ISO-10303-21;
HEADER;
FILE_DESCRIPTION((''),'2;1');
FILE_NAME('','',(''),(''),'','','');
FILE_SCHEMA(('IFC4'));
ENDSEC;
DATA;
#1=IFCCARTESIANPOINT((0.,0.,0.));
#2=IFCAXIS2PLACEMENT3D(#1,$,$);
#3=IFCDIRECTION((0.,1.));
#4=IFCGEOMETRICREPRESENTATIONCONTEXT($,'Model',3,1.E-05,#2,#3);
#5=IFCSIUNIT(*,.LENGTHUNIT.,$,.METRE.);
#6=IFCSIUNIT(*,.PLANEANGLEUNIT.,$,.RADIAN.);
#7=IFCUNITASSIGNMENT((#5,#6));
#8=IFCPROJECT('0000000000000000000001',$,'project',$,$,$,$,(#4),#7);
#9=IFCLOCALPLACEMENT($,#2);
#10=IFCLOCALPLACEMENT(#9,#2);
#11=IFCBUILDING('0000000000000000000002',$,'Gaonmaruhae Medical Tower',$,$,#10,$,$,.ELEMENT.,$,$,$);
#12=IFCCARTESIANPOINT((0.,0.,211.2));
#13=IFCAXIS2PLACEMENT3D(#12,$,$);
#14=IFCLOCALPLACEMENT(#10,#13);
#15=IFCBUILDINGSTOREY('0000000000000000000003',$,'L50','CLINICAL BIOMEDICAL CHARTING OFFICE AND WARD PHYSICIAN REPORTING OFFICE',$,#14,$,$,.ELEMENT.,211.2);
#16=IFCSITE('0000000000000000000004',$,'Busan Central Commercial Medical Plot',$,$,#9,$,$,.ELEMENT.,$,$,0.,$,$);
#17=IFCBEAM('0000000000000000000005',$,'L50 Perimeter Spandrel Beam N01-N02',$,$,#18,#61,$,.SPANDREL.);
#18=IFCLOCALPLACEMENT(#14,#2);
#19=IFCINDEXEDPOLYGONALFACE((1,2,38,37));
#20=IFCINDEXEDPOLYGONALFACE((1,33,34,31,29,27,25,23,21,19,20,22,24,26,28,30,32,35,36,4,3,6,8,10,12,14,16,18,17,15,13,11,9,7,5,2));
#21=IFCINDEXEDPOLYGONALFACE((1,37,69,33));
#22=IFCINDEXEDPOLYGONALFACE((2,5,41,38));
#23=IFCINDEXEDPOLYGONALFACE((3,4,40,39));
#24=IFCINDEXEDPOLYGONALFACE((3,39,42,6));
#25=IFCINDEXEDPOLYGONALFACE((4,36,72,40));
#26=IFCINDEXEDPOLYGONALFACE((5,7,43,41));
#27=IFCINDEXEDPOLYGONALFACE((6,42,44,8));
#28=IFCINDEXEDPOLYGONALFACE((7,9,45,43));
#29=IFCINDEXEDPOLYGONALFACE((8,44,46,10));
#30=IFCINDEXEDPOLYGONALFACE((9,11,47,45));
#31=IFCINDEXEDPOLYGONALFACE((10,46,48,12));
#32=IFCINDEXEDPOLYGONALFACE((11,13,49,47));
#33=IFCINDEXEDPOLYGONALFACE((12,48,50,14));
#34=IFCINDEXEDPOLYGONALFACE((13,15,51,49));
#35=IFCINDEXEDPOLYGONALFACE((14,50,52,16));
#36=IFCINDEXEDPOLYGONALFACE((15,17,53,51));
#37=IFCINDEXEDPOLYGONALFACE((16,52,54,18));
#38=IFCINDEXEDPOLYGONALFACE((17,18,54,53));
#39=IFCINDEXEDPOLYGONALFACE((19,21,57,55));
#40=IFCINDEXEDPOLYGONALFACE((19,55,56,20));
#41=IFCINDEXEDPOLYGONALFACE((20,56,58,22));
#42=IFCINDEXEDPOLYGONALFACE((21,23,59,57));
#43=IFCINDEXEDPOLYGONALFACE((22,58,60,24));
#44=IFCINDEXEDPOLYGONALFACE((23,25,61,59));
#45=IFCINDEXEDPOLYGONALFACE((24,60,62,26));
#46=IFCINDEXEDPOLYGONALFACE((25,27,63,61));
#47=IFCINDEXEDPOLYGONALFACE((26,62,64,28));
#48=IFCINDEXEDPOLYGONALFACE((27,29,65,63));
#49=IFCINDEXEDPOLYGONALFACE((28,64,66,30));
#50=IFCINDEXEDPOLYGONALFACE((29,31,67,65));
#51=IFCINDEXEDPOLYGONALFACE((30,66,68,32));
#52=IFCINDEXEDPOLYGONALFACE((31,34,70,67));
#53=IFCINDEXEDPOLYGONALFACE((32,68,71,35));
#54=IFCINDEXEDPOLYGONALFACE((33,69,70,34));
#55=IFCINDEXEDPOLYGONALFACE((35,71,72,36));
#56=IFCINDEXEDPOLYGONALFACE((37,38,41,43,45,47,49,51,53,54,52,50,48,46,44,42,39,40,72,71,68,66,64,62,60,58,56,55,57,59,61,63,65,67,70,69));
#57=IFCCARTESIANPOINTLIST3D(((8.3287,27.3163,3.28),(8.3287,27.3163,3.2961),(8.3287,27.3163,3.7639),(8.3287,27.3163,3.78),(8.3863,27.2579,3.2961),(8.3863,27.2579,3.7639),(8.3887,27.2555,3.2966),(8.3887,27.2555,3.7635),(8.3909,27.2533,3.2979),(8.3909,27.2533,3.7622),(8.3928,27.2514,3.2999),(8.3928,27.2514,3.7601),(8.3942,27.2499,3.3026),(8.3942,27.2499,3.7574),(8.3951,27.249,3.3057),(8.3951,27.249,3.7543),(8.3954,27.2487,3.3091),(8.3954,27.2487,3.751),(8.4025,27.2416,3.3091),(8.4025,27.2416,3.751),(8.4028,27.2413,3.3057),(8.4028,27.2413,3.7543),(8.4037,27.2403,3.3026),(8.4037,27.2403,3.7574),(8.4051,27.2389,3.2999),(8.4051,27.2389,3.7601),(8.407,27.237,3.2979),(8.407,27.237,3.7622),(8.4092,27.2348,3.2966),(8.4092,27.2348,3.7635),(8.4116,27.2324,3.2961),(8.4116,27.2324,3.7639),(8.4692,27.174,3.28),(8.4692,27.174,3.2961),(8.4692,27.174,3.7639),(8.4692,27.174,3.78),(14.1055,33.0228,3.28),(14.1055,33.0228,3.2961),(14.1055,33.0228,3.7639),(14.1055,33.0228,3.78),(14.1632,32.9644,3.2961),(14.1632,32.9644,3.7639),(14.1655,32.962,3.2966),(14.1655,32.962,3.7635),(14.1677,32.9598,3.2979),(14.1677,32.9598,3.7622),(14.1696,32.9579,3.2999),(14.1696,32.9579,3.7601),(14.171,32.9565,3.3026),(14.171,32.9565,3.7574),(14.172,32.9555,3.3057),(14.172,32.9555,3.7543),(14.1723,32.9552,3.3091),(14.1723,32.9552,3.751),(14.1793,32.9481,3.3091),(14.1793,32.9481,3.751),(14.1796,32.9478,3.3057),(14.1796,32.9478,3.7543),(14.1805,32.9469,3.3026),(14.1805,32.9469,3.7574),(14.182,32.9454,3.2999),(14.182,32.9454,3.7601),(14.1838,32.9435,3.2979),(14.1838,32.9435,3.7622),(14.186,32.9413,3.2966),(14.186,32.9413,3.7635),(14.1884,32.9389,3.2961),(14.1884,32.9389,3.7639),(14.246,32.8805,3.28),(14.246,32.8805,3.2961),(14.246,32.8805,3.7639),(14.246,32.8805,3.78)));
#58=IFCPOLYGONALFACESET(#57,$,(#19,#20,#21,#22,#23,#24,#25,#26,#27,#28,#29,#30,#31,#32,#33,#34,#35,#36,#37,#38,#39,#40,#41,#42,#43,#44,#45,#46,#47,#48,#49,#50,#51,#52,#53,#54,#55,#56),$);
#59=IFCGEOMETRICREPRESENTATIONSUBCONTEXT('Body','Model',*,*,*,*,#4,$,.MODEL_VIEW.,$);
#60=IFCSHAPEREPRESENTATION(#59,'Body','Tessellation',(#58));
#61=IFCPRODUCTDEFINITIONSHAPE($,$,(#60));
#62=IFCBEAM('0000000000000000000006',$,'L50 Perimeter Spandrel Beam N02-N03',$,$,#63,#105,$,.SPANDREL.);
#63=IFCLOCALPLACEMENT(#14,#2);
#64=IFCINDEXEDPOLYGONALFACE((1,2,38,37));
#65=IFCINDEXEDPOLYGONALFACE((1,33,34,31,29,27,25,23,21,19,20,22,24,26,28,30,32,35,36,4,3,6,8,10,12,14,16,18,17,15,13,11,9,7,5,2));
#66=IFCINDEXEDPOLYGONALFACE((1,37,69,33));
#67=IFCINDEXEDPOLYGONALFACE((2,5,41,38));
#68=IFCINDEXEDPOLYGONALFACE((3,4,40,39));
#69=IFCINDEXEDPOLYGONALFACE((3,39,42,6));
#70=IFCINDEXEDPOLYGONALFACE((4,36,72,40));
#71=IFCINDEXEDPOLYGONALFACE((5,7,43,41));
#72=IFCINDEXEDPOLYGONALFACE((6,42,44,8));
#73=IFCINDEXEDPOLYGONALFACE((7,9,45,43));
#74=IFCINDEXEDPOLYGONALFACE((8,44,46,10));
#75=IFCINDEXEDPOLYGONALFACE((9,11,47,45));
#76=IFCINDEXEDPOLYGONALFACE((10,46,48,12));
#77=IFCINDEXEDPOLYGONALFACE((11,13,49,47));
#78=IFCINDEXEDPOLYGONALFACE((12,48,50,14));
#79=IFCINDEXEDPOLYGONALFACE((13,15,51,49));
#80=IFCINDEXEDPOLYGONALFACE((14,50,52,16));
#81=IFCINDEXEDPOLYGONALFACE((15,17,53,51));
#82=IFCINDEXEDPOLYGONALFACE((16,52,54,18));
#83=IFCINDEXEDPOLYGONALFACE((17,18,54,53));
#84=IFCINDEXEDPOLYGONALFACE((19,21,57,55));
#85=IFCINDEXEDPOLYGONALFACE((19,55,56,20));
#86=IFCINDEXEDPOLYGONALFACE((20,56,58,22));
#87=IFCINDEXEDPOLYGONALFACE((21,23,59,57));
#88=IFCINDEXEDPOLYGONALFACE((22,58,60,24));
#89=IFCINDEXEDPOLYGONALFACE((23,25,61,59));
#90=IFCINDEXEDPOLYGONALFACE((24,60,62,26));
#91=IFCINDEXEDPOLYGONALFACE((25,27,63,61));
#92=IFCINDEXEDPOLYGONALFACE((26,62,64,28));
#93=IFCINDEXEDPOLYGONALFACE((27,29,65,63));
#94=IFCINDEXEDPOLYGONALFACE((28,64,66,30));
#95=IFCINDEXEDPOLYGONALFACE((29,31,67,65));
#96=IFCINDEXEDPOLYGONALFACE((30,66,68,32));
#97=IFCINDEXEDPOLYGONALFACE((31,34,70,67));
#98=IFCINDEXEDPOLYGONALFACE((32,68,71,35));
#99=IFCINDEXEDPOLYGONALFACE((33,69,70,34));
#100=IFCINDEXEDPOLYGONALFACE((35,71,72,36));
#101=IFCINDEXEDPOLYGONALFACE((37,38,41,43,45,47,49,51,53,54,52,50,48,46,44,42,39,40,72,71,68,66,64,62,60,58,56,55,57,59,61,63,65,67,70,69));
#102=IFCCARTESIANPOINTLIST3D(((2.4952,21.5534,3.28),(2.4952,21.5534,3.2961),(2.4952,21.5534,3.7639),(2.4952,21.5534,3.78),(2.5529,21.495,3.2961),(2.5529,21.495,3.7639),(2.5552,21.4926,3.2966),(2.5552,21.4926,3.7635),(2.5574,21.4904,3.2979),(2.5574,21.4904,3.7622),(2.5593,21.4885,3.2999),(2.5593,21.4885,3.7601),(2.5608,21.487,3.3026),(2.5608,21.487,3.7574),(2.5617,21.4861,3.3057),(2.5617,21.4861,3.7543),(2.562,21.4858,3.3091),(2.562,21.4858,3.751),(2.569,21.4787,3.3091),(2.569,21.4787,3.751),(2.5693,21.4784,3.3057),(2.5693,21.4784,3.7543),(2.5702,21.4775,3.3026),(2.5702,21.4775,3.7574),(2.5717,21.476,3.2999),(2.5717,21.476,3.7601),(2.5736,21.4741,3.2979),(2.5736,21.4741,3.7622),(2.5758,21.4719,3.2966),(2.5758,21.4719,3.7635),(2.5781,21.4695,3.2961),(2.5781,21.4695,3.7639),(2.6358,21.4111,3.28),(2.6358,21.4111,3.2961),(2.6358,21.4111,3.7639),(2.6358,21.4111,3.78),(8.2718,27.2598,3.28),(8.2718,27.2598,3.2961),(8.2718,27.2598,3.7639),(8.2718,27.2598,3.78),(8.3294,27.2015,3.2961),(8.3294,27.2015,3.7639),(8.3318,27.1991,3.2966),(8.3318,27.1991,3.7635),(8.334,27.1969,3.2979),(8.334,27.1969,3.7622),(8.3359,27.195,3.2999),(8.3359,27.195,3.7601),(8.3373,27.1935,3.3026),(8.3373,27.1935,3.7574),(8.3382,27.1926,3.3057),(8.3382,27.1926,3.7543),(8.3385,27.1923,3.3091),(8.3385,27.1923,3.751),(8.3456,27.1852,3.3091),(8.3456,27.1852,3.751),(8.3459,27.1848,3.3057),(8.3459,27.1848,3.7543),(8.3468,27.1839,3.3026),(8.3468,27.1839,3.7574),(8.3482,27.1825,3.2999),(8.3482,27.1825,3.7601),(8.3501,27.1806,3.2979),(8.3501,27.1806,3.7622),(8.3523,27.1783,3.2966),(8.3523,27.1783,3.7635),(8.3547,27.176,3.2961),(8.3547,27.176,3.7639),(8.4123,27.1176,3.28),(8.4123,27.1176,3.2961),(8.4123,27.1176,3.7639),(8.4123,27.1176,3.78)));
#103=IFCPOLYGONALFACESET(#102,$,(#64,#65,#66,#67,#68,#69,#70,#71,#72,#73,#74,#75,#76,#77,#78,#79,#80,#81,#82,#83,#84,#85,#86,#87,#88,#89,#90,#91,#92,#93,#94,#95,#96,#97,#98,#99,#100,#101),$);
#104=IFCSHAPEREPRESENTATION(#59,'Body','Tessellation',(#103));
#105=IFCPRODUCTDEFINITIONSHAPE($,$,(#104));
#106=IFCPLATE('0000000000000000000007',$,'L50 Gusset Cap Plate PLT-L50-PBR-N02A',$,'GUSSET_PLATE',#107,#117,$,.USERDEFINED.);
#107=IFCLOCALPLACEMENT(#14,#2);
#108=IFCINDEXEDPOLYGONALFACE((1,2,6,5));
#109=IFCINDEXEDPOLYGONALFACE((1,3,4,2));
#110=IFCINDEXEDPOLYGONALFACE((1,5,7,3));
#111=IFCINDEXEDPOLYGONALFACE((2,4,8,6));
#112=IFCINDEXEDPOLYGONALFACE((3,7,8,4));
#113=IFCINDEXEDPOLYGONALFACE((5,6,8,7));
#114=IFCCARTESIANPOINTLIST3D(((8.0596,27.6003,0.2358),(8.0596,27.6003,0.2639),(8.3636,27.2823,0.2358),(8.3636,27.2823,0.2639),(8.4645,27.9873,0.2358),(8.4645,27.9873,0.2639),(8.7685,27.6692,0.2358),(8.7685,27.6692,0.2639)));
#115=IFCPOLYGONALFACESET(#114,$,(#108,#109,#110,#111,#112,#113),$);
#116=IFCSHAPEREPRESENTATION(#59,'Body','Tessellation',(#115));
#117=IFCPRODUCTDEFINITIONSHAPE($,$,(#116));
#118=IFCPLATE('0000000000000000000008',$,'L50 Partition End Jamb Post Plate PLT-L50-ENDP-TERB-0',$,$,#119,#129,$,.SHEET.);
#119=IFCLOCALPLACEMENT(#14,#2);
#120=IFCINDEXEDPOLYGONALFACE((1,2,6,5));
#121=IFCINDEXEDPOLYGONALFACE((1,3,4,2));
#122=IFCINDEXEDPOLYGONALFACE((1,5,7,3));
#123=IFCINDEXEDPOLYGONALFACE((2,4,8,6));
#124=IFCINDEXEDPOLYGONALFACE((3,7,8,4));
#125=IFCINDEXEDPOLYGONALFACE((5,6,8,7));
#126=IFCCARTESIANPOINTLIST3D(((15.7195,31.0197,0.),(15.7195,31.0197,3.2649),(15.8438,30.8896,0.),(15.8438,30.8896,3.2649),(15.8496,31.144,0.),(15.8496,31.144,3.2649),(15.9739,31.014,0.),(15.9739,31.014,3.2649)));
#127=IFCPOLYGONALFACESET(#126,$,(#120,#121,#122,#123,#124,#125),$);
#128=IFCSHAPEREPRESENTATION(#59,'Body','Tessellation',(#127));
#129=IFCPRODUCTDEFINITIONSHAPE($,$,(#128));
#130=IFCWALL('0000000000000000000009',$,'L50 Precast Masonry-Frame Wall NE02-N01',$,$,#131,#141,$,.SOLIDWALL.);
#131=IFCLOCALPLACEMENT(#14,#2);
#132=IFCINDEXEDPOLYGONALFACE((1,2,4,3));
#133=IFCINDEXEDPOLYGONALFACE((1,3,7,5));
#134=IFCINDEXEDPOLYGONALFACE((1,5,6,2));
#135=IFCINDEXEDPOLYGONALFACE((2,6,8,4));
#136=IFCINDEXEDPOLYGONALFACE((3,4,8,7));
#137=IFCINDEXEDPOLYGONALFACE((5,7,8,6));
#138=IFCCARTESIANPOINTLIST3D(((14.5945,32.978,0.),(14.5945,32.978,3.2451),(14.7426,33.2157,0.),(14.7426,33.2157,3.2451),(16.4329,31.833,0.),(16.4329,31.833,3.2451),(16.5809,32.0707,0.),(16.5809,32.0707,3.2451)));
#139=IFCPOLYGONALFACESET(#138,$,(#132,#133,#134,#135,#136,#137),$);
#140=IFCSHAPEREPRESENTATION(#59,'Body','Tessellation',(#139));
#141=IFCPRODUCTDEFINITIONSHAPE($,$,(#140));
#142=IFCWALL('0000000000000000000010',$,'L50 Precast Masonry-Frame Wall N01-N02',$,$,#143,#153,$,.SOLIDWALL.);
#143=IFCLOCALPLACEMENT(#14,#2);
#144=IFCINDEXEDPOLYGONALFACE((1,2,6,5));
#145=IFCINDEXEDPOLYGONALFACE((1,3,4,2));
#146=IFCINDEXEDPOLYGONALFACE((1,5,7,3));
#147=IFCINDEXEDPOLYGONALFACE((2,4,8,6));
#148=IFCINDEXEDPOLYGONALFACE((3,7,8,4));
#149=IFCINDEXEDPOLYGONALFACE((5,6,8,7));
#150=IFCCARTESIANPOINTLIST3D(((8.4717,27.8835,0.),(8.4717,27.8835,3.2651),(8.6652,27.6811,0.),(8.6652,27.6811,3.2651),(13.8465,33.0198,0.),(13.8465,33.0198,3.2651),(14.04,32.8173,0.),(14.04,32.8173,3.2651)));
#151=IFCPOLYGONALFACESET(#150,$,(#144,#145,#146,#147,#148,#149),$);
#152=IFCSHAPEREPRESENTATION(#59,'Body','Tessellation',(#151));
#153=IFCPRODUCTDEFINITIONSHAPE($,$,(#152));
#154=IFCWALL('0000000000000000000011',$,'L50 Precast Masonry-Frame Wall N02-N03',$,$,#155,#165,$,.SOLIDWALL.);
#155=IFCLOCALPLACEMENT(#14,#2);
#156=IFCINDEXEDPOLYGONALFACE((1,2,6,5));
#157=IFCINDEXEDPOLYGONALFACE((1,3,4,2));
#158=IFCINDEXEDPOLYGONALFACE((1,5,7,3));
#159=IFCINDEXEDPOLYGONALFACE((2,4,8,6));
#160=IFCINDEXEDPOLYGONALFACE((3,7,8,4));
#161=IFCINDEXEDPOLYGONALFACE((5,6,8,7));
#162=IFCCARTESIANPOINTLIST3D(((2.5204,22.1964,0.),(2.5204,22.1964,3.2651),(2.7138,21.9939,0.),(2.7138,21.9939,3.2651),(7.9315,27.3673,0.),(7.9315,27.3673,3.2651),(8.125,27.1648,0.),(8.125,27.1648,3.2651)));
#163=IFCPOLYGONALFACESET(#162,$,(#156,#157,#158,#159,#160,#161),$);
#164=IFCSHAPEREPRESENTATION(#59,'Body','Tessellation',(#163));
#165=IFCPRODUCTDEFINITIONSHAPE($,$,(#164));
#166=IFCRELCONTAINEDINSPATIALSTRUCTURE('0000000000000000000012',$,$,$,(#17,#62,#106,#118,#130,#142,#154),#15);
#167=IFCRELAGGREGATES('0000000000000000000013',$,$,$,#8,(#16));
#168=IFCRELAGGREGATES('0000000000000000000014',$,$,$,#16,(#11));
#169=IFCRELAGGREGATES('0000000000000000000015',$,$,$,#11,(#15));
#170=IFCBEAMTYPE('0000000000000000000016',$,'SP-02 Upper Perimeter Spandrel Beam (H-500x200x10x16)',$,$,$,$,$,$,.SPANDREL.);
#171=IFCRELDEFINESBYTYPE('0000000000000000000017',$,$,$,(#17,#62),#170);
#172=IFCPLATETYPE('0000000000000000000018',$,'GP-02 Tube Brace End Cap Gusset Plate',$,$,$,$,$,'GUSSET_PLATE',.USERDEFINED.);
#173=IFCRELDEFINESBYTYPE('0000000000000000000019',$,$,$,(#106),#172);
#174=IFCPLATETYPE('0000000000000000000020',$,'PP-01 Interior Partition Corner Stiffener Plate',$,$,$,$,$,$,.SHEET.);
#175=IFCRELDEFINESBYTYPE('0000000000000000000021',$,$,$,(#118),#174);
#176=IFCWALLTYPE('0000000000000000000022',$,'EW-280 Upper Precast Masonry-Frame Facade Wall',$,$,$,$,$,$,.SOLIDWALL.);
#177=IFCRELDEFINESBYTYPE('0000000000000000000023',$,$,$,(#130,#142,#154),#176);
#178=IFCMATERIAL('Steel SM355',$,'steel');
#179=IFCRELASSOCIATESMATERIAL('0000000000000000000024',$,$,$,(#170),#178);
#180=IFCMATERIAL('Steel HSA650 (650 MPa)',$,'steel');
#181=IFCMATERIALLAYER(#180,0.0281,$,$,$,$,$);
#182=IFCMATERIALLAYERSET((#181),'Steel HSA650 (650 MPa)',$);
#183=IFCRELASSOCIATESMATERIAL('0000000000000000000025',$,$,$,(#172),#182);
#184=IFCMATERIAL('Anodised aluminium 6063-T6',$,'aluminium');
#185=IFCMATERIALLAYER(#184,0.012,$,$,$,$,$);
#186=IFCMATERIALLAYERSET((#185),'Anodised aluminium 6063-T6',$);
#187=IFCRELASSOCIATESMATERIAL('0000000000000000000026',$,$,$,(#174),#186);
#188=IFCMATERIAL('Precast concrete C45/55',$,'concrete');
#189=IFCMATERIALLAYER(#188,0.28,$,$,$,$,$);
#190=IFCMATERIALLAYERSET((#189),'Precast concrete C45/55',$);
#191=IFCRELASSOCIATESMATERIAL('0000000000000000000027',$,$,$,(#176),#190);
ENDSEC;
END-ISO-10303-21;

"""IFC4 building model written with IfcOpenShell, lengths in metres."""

from ifc_helpers import new_model, si_unit, direction, frame, frame_2d, origin, origin_2d, place, context, subcontext, project, spatial, rectangle, i_section, extrude, material, layer, layer_set, material_profile, profile_set, type_object, element, save


model = new_model("IFC4")

# Units and contexts
model_context = context("Model", 3, precision=1e-05, world=origin(), true_north=direction((0.0, 1.0)))
body_context = subcontext(model_context, "Body", "Model", "MODEL_VIEW")
ifc_project = project(units=[si_unit("LENGTHUNIT", "METRE"), si_unit("PLANEANGLEUNIT", "RADIAN")], contexts=[model_context])

# Site, building, storey
site_placement = place(None, origin())
site = spatial("IfcSite", under=ifc_project, at=site_placement, Name="Busan Central Commercial Medical Plot", CompositionType="ELEMENT", RefElevation=0.0)
building_placement = place(site_placement, origin())
building = spatial("IfcBuilding", under=site, at=building_placement, Name="Gaonmaruhae Medical Tower", CompositionType="ELEMENT")
storey_placement = place(building_placement, frame((0.0, 0.0, 211.2)))
storey = spatial("IfcBuildingStorey", under=building, at=storey_placement, Name="L50", Description="CLINICAL BIOMEDICAL CHARTING OFFICE AND WARD PHYSICIAN REPORTING OFFICE", CompositionType="ELEMENT", Elevation=211.2)

# Shared definitions
ifc_material_1 = material(Name="Steel SM355", Category="steel")

# Beams
ifc_material_profile_1 = material_profile(ifc_material_1, i_section(OverallWidth=0.2, OverallDepth=0.5, WebThickness=0.01, FlangeThickness=0.0161, FilletRadius=0.0129, at=origin_2d()), Name="H-500x200x10x16")
ifc_profile_set_1 = profile_set([ifc_material_profile_1], Name="Steel SM355")
beam_type_1 = type_object("IfcBeamType", Name="SP-02 Upper Perimeter Spandrel Beam (H-500x200x10x16)", PredefinedType="SPANDREL", material=ifc_profile_set_1)
beam_1_placement = place(storey_placement, frame((14.1758, 32.9517, 3.53), z_axis=(-0.711423, -0.702764, 0.0), x_axis=(0.702764, -0.711423, 0.0)))
element("IfcBeam", 1, at=beam_1_placement, inside=storey, type_object=beam_type_1, Name="L50 Perimeter Spandrel Beam N01-N02", PredefinedType="SPANDREL", context=body_context, shape_type="SweptSolid", body=[
    extrude(i_section(OverallWidth=0.2, OverallDepth=0.5, WebThickness=0.01, FlangeThickness=0.0161, FilletRadius=0.0129, at=origin_2d()), origin(), (0.0, 0.0, 1.0), 8.1201),
])
beam_2_placement = place(storey_placement, frame((8.342, 27.1887, 3.53), z_axis=(-0.711408, -0.702779, 0.0), x_axis=(0.702779, -0.711408, 0.0)))
element("IfcBeam", 2, at=beam_2_placement, inside=storey, type_object=beam_type_1, Name="L50 Perimeter Spandrel Beam N02-N03", PredefinedType="SPANDREL", context=body_context, shape_type="SweptSolid", body=[
    extrude(i_section(OverallWidth=0.2, OverallDepth=0.5, WebThickness=0.01, FlangeThickness=0.0161, FilletRadius=0.0129, at=origin_2d()), origin(), (0.0, 0.0, 1.0), 8.1199),
])

# Plates
ifc_material_2 = material(Name="Steel HSA650 (650 MPa)", Category="steel")
ifc_layer_1 = layer(ifc_material_2, 0.0281)
ifc_layer_set_1 = layer_set([ifc_layer_1], Name="Steel HSA650 (650 MPa)")
plate_type_1 = type_object("IfcPlateType", Name="GP-02 Tube Brace End Cap Gusset Plate", ElementType="GUSSET_PLATE", PredefinedType="USERDEFINED", material=ifc_layer_set_1)
plate_1_placement = place(storey_placement, frame((8.4141, 27.6348, 0.2358), z_axis=(0.0, 0.0, 1.0), x_axis=(0.722967, 0.690882, 0.0)))
element("IfcPlate", 3, at=plate_1_placement, inside=storey, type_object=plate_type_1, Name="L50 Gusset Cap Plate PLT-L50-PBR-N02A", ObjectType="GUSSET_PLATE", PredefinedType="USERDEFINED", context=body_context, shape_type="SweptSolid", body=[
    extrude(rectangle(XDim=0.5601, YDim=0.4399, at=origin_2d()), origin(), (0.0, 0.0, 1.0), 0.0281),
])
ifc_material_3 = material(Name="Anodised aluminium 6063-T6", Category="aluminium")
ifc_layer_2 = layer(ifc_material_3, 0.012)
ifc_layer_set_2 = layer_set([ifc_layer_2], Name="Anodised aluminium 6063-T6")
plate_type_2 = type_object("IfcPlateType", Name="PP-01 Interior Partition Corner Stiffener Plate", PredefinedType="SHEET", material=ifc_layer_set_2)
plate_2_placement = place(storey_placement, frame((15.8467, 31.0168, 0.0), z_axis=(0.0, 0.0, 1.0), x_axis=(0.690882, -0.722967, 0.0)))
element("IfcPlate", 4, at=plate_2_placement, inside=storey, type_object=plate_type_2, Name="L50 Partition End Jamb Post Plate PLT-L50-ENDP-TERB-0", PredefinedType="SHEET", context=body_context, shape_type="SweptSolid", body=[
    extrude(rectangle(XDim=0.1799, YDim=0.1799, at=origin_2d()), origin(), (0.0, 0.0, 1.0), 3.2649),
])

# Shared definitions
ifc_material_4 = material(Name="Precast concrete C45/55", Category="concrete")

# Walls
ifc_layer_3 = layer(ifc_material_4, 0.28)
ifc_layer_set_3 = layer_set([ifc_layer_3], Name="Precast concrete C45/55")
wall_type_1 = type_object("IfcWallType", Name="EW-280 Upper Precast Masonry-Frame Facade Wall", PredefinedType="SOLIDWALL", material=ifc_layer_set_3)
wall_1_placement = place(storey_placement, frame((14.6685, 33.0969, 0.0), z_axis=(0.0, 0.0, 1.0), x_axis=(0.848821, -0.528681, 0.0)))
element("IfcWall", 5, at=wall_1_placement, inside=storey, type_object=wall_type_1, Name="L50 Precast Masonry-Frame Wall NE02-N01", PredefinedType="SOLIDWALL", context=body_context, shape_type="SweptSolid", body=[
    extrude(rectangle(XDim=2.1658, YDim=0.28, at=frame_2d((1.083, 0.0))), origin(), (0.0, 0.0, 1.0), 3.2451),
])
wall_2_placement = place(storey_placement, frame((8.5684, 27.7822, 0.0), z_axis=(0.0, 0.0, 1.0), x_axis=(0.722967, 0.690883, 0.0)))
element("IfcWall", 6, at=wall_2_placement, inside=storey, type_object=wall_type_1, Name="L50 Precast Masonry-Frame Wall N01-N02", PredefinedType="SOLIDWALL", context=body_context, shape_type="SweptSolid", body=[
    extrude(rectangle(XDim=7.4343, YDim=0.28, at=frame_2d((3.7173, 0.0))), origin(), (0.0, 0.0, 1.0), 3.2651),
])
wall_3_placement = place(storey_placement, frame((2.6172, 22.0952, 0.0), z_axis=(0.0, 0.0, 1.0), x_axis=(0.722973, 0.690876, 0.0)))
element("IfcWall", 7, at=wall_3_placement, inside=storey, type_object=wall_type_1, Name="L50 Precast Masonry-Frame Wall N02-N03", PredefinedType="SOLIDWALL", context=body_context, shape_type="SweptSolid", body=[
    extrude(rectangle(XDim=7.4846, YDim=0.28, at=frame_2d((3.7422, 0.0))), origin(), (0.0, 0.0, 1.0), 3.2651),
])

save(model, "model.ifc")
